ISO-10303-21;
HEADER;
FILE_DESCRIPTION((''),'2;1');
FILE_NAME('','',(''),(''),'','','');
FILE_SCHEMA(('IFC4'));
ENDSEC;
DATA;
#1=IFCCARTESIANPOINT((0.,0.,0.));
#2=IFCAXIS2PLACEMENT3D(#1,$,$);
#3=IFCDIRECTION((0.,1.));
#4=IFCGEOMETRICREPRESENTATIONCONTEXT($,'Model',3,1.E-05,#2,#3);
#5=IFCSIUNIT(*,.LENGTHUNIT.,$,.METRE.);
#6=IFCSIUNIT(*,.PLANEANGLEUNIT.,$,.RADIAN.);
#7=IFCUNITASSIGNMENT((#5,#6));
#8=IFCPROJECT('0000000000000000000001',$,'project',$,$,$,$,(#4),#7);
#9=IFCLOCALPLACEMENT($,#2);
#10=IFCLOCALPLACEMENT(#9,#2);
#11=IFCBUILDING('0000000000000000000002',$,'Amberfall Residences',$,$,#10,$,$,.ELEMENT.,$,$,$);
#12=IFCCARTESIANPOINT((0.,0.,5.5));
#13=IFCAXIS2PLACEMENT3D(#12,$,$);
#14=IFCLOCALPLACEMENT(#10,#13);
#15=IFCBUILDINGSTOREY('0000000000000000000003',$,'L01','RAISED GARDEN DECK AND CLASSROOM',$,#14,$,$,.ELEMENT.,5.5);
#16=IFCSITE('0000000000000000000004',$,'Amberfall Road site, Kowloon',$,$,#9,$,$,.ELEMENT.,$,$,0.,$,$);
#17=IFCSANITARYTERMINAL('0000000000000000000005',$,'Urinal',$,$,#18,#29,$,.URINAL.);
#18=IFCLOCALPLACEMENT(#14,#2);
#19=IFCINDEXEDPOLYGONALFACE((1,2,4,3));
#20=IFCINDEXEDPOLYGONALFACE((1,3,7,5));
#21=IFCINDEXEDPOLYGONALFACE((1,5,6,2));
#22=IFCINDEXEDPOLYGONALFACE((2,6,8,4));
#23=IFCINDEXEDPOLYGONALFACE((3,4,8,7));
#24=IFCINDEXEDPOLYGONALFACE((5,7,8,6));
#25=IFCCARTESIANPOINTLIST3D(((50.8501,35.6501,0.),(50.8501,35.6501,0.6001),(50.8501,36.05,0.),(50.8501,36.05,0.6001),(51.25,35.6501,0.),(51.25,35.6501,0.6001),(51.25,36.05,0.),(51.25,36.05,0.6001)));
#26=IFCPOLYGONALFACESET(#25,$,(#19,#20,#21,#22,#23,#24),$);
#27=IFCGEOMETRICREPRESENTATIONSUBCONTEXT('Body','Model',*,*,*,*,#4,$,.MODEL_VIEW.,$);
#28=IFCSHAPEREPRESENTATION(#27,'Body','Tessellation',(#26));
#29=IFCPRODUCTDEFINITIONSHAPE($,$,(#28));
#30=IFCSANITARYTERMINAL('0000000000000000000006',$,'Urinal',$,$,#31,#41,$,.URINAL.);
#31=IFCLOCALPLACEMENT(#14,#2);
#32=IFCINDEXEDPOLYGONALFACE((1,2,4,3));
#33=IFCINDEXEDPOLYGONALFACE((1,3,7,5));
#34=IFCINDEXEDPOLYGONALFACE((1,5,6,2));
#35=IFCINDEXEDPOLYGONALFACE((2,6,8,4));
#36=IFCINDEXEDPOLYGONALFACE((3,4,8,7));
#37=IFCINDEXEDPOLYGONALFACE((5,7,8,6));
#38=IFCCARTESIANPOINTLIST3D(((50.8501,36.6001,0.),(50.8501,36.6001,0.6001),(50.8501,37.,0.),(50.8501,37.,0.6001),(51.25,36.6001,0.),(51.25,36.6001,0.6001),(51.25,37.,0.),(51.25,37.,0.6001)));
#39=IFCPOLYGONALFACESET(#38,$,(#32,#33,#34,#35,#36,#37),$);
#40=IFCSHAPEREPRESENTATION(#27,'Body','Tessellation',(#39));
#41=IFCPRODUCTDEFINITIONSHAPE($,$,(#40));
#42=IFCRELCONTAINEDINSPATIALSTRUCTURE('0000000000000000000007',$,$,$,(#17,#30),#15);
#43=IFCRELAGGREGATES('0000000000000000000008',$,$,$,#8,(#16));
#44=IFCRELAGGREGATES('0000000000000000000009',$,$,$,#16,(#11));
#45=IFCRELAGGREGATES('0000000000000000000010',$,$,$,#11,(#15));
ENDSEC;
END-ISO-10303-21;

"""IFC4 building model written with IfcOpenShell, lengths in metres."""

from ifc_helpers import new_model, si_unit, direction, frame, origin, origin_2d, place, context, subcontext, project, spatial, rectangle, extrude, element, save


model = new_model("IFC4")

# Units and contexts
model_context = context("Model", 3, precision=1e-05, world=origin(), true_north=direction((0.0, 1.0)))
body_context = subcontext(model_context, "Body", "Model", "MODEL_VIEW")
ifc_project = project(units=[si_unit("LENGTHUNIT", "METRE"), si_unit("PLANEANGLEUNIT", "RADIAN")], contexts=[model_context])

# Site, building, storey
site_placement = place(None, origin())
site = spatial("IfcSite", under=ifc_project, at=site_placement, Name="Amberfall Road site, Kowloon", CompositionType="ELEMENT", RefElevation=0.0)
building_placement = place(site_placement, origin())
building = spatial("IfcBuilding", under=site, at=building_placement, Name="Amberfall Residences", CompositionType="ELEMENT")
storey_placement = place(building_placement, frame((0.0, 0.0, 5.5)))
storey = spatial("IfcBuildingStorey", under=building, at=storey_placement, Name="L01", Description="RAISED GARDEN DECK AND CLASSROOM", CompositionType="ELEMENT", Elevation=5.5)

# Sanitary terminals
for number, where, z_axis, x_axis, name in (
    (1, (51.05, 35.8501, 0.0), (0.0, 0.0, 1.0), (1.0, 0.0, 0.0), "Urinal"),
    (2, (51.05, 36.8, 0.0), (0.0, 0.0, 1.0), (1.0, 0.0, 0.0), "Urinal"),
):
    element("IfcSanitaryTerminal", number, at=place(storey_placement, frame(where, z_axis=z_axis, x_axis=x_axis)), inside=storey, Name=name, PredefinedType="URINAL", context=body_context, shape_type="SweptSolid", body=[
        extrude(rectangle(XDim=0.3999, YDim=0.3999, at=origin_2d()), origin(), (0.0, 0.0, 1.0), 0.6001),
    ])

save(model, "model.ifc")
